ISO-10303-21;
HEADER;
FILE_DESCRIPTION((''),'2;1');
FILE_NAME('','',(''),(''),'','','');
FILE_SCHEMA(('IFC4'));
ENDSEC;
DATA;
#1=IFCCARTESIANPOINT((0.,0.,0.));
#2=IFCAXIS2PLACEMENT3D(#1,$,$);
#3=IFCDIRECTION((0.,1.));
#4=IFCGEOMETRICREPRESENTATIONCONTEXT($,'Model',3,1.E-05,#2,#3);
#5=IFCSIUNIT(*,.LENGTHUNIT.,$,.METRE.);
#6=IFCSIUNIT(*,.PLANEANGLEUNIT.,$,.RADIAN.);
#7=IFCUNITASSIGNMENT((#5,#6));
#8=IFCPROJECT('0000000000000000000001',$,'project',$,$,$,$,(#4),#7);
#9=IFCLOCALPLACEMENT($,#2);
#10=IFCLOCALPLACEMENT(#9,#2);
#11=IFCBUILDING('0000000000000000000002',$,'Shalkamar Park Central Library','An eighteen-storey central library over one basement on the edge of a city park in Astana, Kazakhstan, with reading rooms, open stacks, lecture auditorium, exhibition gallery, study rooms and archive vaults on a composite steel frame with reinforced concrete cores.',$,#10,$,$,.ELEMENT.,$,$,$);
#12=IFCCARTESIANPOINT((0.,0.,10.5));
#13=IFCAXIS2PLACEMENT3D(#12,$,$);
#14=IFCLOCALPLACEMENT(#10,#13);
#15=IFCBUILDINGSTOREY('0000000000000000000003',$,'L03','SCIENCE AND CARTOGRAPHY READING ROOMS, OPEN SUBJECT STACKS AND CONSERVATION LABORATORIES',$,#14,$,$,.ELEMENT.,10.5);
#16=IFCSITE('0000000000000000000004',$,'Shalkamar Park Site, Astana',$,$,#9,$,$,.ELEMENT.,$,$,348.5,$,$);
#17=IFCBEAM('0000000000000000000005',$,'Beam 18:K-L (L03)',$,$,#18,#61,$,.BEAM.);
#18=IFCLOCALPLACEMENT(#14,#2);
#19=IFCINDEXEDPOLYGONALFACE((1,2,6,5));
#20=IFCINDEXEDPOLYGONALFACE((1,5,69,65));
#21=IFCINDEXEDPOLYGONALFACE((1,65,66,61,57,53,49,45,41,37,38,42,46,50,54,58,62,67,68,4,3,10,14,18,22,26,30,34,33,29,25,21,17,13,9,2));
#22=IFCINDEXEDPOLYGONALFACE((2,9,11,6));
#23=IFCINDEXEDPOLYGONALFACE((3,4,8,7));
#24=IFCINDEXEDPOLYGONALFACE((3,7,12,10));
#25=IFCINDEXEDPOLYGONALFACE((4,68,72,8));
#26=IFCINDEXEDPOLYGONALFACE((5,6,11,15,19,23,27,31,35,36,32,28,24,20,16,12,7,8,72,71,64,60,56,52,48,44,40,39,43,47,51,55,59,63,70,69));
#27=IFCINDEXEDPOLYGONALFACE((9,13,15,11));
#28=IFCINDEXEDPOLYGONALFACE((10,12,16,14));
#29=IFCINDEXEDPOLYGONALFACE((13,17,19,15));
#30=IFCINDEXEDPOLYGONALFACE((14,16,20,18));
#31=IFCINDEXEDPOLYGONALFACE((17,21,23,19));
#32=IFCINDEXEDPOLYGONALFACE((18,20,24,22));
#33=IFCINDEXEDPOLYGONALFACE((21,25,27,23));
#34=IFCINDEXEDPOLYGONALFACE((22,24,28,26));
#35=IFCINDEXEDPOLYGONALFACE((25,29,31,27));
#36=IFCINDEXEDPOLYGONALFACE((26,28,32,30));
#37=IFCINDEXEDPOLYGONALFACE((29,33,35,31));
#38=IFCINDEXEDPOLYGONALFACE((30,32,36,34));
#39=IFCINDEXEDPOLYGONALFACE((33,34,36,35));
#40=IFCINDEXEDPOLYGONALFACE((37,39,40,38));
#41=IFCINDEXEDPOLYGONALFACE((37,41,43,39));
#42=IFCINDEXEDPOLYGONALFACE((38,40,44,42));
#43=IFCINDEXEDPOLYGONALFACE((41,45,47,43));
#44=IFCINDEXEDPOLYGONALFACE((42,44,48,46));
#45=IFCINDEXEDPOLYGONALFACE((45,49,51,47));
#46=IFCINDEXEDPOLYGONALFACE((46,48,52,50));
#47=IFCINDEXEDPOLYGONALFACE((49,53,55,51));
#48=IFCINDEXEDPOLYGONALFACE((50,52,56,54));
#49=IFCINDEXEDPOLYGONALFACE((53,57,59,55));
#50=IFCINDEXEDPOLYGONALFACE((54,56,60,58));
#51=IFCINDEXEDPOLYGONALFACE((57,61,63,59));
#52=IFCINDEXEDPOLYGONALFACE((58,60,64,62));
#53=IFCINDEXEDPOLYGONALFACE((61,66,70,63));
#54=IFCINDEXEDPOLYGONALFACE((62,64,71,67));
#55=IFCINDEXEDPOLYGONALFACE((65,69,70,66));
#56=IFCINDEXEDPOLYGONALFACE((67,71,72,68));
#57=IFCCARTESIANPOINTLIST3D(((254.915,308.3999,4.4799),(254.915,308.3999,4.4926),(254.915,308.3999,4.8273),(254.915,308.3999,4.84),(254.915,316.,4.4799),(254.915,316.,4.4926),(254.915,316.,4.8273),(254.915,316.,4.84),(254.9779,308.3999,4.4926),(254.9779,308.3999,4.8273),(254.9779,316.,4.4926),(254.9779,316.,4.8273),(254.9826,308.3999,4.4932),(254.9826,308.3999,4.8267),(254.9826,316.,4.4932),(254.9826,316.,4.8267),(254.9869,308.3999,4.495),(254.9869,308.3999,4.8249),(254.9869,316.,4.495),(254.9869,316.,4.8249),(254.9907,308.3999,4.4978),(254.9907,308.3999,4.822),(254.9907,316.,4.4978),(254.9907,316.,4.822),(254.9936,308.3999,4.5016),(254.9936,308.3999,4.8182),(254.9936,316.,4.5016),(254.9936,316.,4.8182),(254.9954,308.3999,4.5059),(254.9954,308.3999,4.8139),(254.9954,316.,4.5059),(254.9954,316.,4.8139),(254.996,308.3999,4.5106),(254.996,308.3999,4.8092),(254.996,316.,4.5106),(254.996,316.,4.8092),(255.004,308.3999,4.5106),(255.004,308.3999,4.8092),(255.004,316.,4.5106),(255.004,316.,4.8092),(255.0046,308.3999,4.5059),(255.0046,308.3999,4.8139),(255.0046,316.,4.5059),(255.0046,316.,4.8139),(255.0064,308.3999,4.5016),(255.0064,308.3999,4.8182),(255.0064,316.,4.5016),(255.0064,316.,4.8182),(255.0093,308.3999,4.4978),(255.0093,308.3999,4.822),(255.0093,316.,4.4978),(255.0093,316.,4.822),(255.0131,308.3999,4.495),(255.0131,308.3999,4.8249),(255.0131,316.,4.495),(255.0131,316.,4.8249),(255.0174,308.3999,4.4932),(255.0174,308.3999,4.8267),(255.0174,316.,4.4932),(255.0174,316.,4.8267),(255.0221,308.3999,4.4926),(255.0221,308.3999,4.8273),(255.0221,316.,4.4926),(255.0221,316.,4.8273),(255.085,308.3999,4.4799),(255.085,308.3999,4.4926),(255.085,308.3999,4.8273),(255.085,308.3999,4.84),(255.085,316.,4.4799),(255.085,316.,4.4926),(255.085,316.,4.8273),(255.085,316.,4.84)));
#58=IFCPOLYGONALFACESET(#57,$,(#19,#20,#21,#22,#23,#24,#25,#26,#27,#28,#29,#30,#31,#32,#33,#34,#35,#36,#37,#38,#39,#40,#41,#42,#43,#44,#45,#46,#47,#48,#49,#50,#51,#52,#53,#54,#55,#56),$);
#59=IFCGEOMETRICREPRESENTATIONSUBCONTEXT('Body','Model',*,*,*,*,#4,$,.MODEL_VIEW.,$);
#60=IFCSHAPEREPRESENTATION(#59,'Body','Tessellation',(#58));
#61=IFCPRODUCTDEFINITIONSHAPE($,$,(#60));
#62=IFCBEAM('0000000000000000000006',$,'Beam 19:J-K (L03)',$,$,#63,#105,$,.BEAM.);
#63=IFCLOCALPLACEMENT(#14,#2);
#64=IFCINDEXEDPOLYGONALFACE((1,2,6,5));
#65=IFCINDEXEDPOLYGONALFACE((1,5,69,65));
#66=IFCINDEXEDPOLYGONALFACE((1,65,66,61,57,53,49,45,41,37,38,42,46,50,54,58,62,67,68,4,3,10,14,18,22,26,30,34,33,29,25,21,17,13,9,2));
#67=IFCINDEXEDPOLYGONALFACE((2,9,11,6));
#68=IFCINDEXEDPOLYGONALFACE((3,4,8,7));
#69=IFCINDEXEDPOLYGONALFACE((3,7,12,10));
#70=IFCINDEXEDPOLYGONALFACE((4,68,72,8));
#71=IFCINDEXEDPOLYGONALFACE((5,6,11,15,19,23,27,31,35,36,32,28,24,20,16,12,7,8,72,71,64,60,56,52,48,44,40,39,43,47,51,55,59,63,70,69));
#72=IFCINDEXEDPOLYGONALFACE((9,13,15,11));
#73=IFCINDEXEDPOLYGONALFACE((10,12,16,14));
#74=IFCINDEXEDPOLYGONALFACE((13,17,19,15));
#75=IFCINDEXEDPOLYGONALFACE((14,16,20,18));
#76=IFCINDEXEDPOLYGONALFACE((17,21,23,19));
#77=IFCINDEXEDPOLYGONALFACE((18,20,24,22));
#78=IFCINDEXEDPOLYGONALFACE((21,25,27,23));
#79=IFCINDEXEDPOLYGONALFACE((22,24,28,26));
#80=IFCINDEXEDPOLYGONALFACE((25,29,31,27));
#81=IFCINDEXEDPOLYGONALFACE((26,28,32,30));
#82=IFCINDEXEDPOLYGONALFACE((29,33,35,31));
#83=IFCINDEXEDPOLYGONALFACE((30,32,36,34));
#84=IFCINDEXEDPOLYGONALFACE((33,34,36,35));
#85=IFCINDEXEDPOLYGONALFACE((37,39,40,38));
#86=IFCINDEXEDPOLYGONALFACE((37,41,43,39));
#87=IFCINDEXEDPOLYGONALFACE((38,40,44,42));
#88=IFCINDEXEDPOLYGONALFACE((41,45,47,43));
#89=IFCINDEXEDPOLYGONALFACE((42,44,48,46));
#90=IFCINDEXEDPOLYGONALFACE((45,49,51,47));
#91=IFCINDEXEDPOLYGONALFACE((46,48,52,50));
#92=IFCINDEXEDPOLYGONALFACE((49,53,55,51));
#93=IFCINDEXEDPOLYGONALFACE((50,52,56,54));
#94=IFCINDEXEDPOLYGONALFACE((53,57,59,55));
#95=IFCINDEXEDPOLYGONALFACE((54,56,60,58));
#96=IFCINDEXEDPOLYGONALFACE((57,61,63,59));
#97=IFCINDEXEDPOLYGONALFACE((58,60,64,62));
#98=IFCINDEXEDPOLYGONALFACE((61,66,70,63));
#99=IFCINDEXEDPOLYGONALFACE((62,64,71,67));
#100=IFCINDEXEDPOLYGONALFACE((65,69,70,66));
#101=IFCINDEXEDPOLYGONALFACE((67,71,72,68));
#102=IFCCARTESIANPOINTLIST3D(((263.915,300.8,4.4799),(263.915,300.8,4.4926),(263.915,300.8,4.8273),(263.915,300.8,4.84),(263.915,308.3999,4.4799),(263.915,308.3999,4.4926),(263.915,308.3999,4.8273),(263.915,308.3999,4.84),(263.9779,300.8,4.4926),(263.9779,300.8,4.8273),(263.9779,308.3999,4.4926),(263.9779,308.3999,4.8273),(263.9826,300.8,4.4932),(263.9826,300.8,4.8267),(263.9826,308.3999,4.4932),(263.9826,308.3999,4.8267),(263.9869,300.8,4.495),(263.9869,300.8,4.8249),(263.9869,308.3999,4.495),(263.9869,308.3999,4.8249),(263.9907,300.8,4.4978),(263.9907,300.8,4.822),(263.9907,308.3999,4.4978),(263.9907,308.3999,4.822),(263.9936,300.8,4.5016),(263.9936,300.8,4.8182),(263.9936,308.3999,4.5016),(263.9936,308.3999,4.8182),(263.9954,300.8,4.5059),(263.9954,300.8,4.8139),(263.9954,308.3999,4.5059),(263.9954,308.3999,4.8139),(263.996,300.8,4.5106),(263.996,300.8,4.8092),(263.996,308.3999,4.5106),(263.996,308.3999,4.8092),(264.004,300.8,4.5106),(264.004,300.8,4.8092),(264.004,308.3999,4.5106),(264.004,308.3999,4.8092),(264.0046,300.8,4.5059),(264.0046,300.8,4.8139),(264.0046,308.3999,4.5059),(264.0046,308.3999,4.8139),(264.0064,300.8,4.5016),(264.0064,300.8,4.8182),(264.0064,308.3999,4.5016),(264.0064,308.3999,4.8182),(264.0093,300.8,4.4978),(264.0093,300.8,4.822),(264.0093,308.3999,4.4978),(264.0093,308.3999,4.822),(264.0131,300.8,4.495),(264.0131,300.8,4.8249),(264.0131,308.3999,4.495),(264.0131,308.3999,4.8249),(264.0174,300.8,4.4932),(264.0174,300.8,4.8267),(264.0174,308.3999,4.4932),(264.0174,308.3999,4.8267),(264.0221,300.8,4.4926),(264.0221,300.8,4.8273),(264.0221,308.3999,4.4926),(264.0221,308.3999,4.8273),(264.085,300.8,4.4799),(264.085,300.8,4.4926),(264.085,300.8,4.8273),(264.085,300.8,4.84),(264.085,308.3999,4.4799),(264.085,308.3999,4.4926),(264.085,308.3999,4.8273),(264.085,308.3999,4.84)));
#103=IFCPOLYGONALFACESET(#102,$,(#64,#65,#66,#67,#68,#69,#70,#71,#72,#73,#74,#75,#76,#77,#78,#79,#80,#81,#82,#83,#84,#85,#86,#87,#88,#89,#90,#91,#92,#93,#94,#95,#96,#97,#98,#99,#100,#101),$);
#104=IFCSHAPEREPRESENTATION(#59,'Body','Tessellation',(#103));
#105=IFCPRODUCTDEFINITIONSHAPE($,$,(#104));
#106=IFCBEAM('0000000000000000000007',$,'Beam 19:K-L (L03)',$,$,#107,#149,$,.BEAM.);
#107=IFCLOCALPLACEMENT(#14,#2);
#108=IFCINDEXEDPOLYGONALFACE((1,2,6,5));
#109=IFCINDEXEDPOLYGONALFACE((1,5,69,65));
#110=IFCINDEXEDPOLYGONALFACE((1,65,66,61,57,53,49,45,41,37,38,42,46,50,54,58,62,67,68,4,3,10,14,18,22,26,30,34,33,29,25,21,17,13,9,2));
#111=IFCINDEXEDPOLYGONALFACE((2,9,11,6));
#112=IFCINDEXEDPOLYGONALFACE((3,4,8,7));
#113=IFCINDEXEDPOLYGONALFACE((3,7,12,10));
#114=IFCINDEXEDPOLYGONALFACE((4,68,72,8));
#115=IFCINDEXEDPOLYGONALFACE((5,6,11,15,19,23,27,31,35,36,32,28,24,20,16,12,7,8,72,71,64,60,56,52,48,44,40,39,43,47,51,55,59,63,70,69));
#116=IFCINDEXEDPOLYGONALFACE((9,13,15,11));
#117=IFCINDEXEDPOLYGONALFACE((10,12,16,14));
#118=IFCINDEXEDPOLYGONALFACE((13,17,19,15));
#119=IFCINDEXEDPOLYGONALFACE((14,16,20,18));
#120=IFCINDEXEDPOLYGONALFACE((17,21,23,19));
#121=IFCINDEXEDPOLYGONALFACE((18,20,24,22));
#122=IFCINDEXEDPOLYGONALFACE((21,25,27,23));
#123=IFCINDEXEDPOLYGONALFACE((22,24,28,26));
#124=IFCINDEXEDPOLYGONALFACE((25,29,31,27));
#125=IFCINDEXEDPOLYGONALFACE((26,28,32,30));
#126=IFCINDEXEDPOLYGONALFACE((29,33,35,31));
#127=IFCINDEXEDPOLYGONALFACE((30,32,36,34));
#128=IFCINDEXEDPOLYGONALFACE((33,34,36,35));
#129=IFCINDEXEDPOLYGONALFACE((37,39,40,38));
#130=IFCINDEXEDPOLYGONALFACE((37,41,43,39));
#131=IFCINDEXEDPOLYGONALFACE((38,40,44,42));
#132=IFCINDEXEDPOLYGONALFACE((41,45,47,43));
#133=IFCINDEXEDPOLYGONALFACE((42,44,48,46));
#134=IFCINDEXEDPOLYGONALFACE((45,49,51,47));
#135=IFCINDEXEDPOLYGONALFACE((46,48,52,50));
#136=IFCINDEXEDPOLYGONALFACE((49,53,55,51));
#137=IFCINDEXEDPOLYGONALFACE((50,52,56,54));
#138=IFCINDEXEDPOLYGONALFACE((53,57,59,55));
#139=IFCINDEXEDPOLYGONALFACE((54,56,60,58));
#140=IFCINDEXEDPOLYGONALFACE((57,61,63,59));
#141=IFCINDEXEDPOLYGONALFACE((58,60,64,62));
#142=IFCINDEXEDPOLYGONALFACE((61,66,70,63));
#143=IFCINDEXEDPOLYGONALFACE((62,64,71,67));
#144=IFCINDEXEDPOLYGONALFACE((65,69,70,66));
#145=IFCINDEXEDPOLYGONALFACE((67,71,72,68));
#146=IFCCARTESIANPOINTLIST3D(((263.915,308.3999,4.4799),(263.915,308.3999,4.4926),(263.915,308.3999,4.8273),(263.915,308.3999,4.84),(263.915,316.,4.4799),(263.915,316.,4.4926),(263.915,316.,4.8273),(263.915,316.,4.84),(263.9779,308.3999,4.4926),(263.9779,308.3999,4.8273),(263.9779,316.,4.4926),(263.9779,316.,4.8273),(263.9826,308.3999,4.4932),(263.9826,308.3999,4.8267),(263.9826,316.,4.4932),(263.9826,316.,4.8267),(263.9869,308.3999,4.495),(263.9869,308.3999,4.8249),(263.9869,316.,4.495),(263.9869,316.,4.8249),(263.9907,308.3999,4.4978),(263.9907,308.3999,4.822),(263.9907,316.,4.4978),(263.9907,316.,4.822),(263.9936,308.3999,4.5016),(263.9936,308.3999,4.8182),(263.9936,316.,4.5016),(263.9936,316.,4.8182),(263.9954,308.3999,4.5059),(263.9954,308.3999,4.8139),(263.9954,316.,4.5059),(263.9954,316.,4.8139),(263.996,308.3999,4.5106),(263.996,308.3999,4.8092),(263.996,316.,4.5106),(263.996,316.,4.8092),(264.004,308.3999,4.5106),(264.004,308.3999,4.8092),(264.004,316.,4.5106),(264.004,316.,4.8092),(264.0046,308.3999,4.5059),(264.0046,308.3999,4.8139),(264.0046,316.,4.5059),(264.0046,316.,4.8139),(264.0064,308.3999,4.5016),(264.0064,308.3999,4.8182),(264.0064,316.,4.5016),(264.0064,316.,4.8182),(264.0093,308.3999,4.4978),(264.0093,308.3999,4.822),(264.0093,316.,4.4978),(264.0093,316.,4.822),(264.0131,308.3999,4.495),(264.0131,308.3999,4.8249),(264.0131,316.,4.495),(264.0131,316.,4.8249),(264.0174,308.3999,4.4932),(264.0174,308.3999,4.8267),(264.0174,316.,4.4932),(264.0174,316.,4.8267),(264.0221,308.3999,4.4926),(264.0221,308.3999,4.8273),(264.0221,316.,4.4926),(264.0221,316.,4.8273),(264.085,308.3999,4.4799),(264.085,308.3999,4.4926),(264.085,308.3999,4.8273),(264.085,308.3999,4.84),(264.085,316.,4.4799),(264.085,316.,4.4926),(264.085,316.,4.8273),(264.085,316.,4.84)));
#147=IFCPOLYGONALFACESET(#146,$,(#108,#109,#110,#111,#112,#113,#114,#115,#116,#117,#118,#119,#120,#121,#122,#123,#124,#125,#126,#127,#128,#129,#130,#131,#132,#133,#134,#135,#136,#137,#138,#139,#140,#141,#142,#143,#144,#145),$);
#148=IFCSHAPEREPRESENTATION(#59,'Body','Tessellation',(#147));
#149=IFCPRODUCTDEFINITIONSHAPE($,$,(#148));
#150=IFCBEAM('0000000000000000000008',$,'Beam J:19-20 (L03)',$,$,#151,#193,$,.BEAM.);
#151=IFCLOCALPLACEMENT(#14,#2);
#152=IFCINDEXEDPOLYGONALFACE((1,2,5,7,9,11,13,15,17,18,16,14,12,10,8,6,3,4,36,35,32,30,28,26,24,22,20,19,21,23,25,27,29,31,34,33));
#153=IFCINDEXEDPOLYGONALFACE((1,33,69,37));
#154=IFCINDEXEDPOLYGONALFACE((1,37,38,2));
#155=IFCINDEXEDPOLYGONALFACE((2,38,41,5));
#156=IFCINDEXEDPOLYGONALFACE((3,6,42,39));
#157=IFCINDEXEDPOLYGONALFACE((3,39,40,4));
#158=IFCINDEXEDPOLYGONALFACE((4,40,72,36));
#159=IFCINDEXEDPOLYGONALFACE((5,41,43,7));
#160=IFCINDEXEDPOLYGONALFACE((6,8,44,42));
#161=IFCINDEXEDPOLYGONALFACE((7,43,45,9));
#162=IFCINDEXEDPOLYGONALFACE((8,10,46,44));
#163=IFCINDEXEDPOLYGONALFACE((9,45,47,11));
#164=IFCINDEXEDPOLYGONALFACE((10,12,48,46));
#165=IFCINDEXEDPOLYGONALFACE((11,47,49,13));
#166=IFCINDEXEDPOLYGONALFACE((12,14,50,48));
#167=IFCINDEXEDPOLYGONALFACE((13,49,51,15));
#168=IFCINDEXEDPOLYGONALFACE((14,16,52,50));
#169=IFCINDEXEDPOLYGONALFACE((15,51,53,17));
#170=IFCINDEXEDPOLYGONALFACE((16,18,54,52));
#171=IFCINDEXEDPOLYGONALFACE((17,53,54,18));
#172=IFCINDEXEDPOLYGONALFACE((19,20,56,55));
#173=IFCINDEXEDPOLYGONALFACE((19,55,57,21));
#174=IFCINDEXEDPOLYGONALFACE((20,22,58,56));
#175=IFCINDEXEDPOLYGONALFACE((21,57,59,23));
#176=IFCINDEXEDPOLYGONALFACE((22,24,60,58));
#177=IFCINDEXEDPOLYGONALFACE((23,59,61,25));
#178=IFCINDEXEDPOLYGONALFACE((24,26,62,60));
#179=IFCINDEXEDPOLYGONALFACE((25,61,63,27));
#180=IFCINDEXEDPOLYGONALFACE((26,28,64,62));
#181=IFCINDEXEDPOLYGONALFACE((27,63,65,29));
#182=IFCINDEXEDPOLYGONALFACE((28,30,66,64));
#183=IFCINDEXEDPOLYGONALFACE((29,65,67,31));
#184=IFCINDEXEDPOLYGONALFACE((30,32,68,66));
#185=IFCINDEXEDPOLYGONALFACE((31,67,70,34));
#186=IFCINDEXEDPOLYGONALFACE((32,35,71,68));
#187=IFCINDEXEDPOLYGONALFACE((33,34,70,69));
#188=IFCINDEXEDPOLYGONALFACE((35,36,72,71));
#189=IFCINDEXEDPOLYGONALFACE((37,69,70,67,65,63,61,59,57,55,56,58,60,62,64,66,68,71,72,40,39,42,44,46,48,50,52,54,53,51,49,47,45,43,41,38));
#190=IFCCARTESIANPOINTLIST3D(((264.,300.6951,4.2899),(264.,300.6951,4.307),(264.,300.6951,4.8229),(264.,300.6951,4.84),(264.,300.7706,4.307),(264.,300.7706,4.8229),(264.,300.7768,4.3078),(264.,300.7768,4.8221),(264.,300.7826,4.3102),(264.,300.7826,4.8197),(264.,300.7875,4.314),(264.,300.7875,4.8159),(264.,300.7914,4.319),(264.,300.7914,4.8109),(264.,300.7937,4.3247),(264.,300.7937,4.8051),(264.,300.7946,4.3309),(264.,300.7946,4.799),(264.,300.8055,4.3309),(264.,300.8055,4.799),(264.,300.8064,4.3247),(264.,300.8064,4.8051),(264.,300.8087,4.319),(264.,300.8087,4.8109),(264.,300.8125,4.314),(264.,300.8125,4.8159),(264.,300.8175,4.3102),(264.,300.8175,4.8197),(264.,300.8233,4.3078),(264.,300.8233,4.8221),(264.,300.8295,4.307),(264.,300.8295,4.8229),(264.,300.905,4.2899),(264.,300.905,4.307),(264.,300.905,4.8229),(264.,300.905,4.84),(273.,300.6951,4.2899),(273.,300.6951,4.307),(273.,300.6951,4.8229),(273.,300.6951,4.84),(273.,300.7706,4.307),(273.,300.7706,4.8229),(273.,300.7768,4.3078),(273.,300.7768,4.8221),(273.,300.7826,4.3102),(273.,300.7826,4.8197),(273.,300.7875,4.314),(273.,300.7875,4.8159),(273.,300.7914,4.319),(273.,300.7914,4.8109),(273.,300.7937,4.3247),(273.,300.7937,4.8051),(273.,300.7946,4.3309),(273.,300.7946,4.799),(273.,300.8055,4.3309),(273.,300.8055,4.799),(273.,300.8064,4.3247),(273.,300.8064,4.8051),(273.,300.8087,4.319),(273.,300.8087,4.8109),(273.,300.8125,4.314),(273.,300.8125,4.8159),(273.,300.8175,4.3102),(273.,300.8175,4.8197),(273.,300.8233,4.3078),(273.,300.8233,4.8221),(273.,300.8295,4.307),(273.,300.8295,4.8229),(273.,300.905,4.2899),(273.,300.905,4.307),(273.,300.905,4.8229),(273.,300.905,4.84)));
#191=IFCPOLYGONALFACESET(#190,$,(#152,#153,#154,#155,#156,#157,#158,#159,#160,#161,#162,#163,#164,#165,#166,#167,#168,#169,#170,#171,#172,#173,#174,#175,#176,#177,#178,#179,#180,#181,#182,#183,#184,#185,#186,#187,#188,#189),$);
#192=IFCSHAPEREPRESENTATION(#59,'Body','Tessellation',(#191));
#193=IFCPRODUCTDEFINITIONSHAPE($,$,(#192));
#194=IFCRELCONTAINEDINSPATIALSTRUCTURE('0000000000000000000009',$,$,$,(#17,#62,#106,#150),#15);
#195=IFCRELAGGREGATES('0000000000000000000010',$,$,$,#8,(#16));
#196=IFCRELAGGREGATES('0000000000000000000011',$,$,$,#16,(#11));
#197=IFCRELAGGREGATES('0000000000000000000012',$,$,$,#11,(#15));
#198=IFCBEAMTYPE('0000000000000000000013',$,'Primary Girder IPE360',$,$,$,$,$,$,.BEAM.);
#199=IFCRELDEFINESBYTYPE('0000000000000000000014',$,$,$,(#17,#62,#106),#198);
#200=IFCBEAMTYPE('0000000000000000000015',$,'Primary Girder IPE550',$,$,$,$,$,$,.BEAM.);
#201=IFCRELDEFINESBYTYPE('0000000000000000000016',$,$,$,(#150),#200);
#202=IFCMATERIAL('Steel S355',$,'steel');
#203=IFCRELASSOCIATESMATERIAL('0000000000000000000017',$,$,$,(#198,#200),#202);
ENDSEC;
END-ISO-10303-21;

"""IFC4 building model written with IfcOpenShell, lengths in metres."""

from ifc_helpers import new_model, si_unit, direction, frame, origin, origin_2d, place, context, subcontext, project, spatial, i_section, extrude, material, material_profile, profile_set, type_object, element, save


model = new_model("IFC4")

# Units and contexts
model_context = context("Model", 3, precision=1e-05, world=origin(), true_north=direction((0.0, 1.0)))
body_context = subcontext(model_context, "Body", "Model", "MODEL_VIEW")
ifc_project = project(units=[si_unit("LENGTHUNIT", "METRE"), si_unit("PLANEANGLEUNIT", "RADIAN")], contexts=[model_context])

# Site, building, storey
site_placement = place(None, origin())
site = spatial("IfcSite", under=ifc_project, at=site_placement, Name="Shalkamar Park Site, Astana", CompositionType="ELEMENT", RefElevation=348.5)
building_placement = place(site_placement, origin())
building = spatial("IfcBuilding", under=site, at=building_placement, Name="Shalkamar Park Central Library", Description="An eighteen-storey central library over one basement on the edge of a city park in Astana, Kazakhstan, with reading rooms, open stacks, lecture auditorium, exhibition gallery, study rooms and archive vaults on a composite steel frame with reinforced concrete cores.", CompositionType="ELEMENT")
storey_placement = place(building_placement, frame((0.0, 0.0, 10.5)))
storey = spatial("IfcBuildingStorey", under=building, at=storey_placement, Name="L03", Description="SCIENCE AND CARTOGRAPHY READING ROOMS, OPEN SUBJECT STACKS AND CONSERVATION LABORATORIES", CompositionType="ELEMENT", Elevation=10.5)

# Shared definitions
ifc_material_1 = material(Name="Steel S355", Category="steel")

# Beams
ifc_material_profile_1 = material_profile(ifc_material_1, i_section(OverallWidth=0.1699, OverallDepth=0.3601, WebThickness=0.0081, FlangeThickness=0.0127, FilletRadius=0.0181, at=origin_2d()), Name="IPE 360")
ifc_profile_set_1 = profile_set([ifc_material_profile_1], Name="Steel S355")
beam_type_1 = type_object("IfcBeamType", Name="Primary Girder IPE360", PredefinedType="BEAM", material=ifc_profile_set_1)
beam_1_placement = place(storey_placement, frame((255.0, 308.3999, 4.6599), z_axis=(0.0, 1.0, 0.0), x_axis=(-1.0, 0.0, 0.0)))
element("IfcBeam", 1, at=beam_1_placement, inside=storey, type_object=beam_type_1, Name="Beam 18:K-L (L03)", PredefinedType="BEAM", context=body_context, shape_type="SweptSolid", body=[
    extrude(i_section(OverallWidth=0.1699, OverallDepth=0.3601, WebThickness=0.0081, FlangeThickness=0.0127, FilletRadius=0.0181, at=origin_2d()), origin(), (0.0, 0.0, 1.0), 7.6001),
])
beam_2_placement = place(storey_placement, frame((264.0, 300.8, 4.6599), z_axis=(0.0, 1.0, 0.0), x_axis=(-1.0, 0.0, 0.0)))
element("IfcBeam", 2, at=beam_2_placement, inside=storey, type_object=beam_type_1, Name="Beam 19:J-K (L03)", PredefinedType="BEAM", context=body_context, shape_type="SweptSolid", body=[
    extrude(i_section(OverallWidth=0.1699, OverallDepth=0.3601, WebThickness=0.0081, FlangeThickness=0.0127, FilletRadius=0.0181, at=origin_2d()), origin(), (0.0, 0.0, 1.0), 7.5999),
])
beam_3_placement = place(storey_placement, frame((264.0, 308.3999, 4.6599), z_axis=(0.0, 1.0, 0.0), x_axis=(-1.0, 0.0, 0.0)))
element("IfcBeam", 3, at=beam_3_placement, inside=storey, type_object=beam_type_1, Name="Beam 19:K-L (L03)", PredefinedType="BEAM", context=body_context, shape_type="SweptSolid", body=[
    extrude(i_section(OverallWidth=0.1699, OverallDepth=0.3601, WebThickness=0.0081, FlangeThickness=0.0127, FilletRadius=0.0181, at=origin_2d()), origin(), (0.0, 0.0, 1.0), 7.6001),
])
ifc_material_profile_2 = material_profile(ifc_material_1, i_section(OverallWidth=0.21, OverallDepth=0.55, WebThickness=0.011, FlangeThickness=0.0171, FilletRadius=0.0239, at=origin_2d()), Name="IPE 550")
ifc_profile_set_2 = profile_set([ifc_material_profile_2], Name="Steel S355")
beam_type_2 = type_object("IfcBeamType", Name="Primary Girder IPE550", PredefinedType="BEAM", material=ifc_profile_set_2)
for number, where, z_axis, x_axis, name in (
    (4, (264.0, 300.8, 4.5649), (1.0, 0.0, 0.0), (0.0, 1.0, 0.0), "Beam J:19-20 (L03)"),
):
    element("IfcBeam", number, at=place(storey_placement, frame(where, z_axis=z_axis, x_axis=x_axis)), inside=storey, type_object=beam_type_2, Name=name, PredefinedType="BEAM", context=body_context, shape_type="SweptSolid", body=[
        extrude(i_section(OverallWidth=0.21, OverallDepth=0.55, WebThickness=0.011, FlangeThickness=0.0171, FilletRadius=0.0239, at=origin_2d()), origin(), (0.0, 0.0, 1.0), 9.0),
    ])

save(model, "model.ifc")
